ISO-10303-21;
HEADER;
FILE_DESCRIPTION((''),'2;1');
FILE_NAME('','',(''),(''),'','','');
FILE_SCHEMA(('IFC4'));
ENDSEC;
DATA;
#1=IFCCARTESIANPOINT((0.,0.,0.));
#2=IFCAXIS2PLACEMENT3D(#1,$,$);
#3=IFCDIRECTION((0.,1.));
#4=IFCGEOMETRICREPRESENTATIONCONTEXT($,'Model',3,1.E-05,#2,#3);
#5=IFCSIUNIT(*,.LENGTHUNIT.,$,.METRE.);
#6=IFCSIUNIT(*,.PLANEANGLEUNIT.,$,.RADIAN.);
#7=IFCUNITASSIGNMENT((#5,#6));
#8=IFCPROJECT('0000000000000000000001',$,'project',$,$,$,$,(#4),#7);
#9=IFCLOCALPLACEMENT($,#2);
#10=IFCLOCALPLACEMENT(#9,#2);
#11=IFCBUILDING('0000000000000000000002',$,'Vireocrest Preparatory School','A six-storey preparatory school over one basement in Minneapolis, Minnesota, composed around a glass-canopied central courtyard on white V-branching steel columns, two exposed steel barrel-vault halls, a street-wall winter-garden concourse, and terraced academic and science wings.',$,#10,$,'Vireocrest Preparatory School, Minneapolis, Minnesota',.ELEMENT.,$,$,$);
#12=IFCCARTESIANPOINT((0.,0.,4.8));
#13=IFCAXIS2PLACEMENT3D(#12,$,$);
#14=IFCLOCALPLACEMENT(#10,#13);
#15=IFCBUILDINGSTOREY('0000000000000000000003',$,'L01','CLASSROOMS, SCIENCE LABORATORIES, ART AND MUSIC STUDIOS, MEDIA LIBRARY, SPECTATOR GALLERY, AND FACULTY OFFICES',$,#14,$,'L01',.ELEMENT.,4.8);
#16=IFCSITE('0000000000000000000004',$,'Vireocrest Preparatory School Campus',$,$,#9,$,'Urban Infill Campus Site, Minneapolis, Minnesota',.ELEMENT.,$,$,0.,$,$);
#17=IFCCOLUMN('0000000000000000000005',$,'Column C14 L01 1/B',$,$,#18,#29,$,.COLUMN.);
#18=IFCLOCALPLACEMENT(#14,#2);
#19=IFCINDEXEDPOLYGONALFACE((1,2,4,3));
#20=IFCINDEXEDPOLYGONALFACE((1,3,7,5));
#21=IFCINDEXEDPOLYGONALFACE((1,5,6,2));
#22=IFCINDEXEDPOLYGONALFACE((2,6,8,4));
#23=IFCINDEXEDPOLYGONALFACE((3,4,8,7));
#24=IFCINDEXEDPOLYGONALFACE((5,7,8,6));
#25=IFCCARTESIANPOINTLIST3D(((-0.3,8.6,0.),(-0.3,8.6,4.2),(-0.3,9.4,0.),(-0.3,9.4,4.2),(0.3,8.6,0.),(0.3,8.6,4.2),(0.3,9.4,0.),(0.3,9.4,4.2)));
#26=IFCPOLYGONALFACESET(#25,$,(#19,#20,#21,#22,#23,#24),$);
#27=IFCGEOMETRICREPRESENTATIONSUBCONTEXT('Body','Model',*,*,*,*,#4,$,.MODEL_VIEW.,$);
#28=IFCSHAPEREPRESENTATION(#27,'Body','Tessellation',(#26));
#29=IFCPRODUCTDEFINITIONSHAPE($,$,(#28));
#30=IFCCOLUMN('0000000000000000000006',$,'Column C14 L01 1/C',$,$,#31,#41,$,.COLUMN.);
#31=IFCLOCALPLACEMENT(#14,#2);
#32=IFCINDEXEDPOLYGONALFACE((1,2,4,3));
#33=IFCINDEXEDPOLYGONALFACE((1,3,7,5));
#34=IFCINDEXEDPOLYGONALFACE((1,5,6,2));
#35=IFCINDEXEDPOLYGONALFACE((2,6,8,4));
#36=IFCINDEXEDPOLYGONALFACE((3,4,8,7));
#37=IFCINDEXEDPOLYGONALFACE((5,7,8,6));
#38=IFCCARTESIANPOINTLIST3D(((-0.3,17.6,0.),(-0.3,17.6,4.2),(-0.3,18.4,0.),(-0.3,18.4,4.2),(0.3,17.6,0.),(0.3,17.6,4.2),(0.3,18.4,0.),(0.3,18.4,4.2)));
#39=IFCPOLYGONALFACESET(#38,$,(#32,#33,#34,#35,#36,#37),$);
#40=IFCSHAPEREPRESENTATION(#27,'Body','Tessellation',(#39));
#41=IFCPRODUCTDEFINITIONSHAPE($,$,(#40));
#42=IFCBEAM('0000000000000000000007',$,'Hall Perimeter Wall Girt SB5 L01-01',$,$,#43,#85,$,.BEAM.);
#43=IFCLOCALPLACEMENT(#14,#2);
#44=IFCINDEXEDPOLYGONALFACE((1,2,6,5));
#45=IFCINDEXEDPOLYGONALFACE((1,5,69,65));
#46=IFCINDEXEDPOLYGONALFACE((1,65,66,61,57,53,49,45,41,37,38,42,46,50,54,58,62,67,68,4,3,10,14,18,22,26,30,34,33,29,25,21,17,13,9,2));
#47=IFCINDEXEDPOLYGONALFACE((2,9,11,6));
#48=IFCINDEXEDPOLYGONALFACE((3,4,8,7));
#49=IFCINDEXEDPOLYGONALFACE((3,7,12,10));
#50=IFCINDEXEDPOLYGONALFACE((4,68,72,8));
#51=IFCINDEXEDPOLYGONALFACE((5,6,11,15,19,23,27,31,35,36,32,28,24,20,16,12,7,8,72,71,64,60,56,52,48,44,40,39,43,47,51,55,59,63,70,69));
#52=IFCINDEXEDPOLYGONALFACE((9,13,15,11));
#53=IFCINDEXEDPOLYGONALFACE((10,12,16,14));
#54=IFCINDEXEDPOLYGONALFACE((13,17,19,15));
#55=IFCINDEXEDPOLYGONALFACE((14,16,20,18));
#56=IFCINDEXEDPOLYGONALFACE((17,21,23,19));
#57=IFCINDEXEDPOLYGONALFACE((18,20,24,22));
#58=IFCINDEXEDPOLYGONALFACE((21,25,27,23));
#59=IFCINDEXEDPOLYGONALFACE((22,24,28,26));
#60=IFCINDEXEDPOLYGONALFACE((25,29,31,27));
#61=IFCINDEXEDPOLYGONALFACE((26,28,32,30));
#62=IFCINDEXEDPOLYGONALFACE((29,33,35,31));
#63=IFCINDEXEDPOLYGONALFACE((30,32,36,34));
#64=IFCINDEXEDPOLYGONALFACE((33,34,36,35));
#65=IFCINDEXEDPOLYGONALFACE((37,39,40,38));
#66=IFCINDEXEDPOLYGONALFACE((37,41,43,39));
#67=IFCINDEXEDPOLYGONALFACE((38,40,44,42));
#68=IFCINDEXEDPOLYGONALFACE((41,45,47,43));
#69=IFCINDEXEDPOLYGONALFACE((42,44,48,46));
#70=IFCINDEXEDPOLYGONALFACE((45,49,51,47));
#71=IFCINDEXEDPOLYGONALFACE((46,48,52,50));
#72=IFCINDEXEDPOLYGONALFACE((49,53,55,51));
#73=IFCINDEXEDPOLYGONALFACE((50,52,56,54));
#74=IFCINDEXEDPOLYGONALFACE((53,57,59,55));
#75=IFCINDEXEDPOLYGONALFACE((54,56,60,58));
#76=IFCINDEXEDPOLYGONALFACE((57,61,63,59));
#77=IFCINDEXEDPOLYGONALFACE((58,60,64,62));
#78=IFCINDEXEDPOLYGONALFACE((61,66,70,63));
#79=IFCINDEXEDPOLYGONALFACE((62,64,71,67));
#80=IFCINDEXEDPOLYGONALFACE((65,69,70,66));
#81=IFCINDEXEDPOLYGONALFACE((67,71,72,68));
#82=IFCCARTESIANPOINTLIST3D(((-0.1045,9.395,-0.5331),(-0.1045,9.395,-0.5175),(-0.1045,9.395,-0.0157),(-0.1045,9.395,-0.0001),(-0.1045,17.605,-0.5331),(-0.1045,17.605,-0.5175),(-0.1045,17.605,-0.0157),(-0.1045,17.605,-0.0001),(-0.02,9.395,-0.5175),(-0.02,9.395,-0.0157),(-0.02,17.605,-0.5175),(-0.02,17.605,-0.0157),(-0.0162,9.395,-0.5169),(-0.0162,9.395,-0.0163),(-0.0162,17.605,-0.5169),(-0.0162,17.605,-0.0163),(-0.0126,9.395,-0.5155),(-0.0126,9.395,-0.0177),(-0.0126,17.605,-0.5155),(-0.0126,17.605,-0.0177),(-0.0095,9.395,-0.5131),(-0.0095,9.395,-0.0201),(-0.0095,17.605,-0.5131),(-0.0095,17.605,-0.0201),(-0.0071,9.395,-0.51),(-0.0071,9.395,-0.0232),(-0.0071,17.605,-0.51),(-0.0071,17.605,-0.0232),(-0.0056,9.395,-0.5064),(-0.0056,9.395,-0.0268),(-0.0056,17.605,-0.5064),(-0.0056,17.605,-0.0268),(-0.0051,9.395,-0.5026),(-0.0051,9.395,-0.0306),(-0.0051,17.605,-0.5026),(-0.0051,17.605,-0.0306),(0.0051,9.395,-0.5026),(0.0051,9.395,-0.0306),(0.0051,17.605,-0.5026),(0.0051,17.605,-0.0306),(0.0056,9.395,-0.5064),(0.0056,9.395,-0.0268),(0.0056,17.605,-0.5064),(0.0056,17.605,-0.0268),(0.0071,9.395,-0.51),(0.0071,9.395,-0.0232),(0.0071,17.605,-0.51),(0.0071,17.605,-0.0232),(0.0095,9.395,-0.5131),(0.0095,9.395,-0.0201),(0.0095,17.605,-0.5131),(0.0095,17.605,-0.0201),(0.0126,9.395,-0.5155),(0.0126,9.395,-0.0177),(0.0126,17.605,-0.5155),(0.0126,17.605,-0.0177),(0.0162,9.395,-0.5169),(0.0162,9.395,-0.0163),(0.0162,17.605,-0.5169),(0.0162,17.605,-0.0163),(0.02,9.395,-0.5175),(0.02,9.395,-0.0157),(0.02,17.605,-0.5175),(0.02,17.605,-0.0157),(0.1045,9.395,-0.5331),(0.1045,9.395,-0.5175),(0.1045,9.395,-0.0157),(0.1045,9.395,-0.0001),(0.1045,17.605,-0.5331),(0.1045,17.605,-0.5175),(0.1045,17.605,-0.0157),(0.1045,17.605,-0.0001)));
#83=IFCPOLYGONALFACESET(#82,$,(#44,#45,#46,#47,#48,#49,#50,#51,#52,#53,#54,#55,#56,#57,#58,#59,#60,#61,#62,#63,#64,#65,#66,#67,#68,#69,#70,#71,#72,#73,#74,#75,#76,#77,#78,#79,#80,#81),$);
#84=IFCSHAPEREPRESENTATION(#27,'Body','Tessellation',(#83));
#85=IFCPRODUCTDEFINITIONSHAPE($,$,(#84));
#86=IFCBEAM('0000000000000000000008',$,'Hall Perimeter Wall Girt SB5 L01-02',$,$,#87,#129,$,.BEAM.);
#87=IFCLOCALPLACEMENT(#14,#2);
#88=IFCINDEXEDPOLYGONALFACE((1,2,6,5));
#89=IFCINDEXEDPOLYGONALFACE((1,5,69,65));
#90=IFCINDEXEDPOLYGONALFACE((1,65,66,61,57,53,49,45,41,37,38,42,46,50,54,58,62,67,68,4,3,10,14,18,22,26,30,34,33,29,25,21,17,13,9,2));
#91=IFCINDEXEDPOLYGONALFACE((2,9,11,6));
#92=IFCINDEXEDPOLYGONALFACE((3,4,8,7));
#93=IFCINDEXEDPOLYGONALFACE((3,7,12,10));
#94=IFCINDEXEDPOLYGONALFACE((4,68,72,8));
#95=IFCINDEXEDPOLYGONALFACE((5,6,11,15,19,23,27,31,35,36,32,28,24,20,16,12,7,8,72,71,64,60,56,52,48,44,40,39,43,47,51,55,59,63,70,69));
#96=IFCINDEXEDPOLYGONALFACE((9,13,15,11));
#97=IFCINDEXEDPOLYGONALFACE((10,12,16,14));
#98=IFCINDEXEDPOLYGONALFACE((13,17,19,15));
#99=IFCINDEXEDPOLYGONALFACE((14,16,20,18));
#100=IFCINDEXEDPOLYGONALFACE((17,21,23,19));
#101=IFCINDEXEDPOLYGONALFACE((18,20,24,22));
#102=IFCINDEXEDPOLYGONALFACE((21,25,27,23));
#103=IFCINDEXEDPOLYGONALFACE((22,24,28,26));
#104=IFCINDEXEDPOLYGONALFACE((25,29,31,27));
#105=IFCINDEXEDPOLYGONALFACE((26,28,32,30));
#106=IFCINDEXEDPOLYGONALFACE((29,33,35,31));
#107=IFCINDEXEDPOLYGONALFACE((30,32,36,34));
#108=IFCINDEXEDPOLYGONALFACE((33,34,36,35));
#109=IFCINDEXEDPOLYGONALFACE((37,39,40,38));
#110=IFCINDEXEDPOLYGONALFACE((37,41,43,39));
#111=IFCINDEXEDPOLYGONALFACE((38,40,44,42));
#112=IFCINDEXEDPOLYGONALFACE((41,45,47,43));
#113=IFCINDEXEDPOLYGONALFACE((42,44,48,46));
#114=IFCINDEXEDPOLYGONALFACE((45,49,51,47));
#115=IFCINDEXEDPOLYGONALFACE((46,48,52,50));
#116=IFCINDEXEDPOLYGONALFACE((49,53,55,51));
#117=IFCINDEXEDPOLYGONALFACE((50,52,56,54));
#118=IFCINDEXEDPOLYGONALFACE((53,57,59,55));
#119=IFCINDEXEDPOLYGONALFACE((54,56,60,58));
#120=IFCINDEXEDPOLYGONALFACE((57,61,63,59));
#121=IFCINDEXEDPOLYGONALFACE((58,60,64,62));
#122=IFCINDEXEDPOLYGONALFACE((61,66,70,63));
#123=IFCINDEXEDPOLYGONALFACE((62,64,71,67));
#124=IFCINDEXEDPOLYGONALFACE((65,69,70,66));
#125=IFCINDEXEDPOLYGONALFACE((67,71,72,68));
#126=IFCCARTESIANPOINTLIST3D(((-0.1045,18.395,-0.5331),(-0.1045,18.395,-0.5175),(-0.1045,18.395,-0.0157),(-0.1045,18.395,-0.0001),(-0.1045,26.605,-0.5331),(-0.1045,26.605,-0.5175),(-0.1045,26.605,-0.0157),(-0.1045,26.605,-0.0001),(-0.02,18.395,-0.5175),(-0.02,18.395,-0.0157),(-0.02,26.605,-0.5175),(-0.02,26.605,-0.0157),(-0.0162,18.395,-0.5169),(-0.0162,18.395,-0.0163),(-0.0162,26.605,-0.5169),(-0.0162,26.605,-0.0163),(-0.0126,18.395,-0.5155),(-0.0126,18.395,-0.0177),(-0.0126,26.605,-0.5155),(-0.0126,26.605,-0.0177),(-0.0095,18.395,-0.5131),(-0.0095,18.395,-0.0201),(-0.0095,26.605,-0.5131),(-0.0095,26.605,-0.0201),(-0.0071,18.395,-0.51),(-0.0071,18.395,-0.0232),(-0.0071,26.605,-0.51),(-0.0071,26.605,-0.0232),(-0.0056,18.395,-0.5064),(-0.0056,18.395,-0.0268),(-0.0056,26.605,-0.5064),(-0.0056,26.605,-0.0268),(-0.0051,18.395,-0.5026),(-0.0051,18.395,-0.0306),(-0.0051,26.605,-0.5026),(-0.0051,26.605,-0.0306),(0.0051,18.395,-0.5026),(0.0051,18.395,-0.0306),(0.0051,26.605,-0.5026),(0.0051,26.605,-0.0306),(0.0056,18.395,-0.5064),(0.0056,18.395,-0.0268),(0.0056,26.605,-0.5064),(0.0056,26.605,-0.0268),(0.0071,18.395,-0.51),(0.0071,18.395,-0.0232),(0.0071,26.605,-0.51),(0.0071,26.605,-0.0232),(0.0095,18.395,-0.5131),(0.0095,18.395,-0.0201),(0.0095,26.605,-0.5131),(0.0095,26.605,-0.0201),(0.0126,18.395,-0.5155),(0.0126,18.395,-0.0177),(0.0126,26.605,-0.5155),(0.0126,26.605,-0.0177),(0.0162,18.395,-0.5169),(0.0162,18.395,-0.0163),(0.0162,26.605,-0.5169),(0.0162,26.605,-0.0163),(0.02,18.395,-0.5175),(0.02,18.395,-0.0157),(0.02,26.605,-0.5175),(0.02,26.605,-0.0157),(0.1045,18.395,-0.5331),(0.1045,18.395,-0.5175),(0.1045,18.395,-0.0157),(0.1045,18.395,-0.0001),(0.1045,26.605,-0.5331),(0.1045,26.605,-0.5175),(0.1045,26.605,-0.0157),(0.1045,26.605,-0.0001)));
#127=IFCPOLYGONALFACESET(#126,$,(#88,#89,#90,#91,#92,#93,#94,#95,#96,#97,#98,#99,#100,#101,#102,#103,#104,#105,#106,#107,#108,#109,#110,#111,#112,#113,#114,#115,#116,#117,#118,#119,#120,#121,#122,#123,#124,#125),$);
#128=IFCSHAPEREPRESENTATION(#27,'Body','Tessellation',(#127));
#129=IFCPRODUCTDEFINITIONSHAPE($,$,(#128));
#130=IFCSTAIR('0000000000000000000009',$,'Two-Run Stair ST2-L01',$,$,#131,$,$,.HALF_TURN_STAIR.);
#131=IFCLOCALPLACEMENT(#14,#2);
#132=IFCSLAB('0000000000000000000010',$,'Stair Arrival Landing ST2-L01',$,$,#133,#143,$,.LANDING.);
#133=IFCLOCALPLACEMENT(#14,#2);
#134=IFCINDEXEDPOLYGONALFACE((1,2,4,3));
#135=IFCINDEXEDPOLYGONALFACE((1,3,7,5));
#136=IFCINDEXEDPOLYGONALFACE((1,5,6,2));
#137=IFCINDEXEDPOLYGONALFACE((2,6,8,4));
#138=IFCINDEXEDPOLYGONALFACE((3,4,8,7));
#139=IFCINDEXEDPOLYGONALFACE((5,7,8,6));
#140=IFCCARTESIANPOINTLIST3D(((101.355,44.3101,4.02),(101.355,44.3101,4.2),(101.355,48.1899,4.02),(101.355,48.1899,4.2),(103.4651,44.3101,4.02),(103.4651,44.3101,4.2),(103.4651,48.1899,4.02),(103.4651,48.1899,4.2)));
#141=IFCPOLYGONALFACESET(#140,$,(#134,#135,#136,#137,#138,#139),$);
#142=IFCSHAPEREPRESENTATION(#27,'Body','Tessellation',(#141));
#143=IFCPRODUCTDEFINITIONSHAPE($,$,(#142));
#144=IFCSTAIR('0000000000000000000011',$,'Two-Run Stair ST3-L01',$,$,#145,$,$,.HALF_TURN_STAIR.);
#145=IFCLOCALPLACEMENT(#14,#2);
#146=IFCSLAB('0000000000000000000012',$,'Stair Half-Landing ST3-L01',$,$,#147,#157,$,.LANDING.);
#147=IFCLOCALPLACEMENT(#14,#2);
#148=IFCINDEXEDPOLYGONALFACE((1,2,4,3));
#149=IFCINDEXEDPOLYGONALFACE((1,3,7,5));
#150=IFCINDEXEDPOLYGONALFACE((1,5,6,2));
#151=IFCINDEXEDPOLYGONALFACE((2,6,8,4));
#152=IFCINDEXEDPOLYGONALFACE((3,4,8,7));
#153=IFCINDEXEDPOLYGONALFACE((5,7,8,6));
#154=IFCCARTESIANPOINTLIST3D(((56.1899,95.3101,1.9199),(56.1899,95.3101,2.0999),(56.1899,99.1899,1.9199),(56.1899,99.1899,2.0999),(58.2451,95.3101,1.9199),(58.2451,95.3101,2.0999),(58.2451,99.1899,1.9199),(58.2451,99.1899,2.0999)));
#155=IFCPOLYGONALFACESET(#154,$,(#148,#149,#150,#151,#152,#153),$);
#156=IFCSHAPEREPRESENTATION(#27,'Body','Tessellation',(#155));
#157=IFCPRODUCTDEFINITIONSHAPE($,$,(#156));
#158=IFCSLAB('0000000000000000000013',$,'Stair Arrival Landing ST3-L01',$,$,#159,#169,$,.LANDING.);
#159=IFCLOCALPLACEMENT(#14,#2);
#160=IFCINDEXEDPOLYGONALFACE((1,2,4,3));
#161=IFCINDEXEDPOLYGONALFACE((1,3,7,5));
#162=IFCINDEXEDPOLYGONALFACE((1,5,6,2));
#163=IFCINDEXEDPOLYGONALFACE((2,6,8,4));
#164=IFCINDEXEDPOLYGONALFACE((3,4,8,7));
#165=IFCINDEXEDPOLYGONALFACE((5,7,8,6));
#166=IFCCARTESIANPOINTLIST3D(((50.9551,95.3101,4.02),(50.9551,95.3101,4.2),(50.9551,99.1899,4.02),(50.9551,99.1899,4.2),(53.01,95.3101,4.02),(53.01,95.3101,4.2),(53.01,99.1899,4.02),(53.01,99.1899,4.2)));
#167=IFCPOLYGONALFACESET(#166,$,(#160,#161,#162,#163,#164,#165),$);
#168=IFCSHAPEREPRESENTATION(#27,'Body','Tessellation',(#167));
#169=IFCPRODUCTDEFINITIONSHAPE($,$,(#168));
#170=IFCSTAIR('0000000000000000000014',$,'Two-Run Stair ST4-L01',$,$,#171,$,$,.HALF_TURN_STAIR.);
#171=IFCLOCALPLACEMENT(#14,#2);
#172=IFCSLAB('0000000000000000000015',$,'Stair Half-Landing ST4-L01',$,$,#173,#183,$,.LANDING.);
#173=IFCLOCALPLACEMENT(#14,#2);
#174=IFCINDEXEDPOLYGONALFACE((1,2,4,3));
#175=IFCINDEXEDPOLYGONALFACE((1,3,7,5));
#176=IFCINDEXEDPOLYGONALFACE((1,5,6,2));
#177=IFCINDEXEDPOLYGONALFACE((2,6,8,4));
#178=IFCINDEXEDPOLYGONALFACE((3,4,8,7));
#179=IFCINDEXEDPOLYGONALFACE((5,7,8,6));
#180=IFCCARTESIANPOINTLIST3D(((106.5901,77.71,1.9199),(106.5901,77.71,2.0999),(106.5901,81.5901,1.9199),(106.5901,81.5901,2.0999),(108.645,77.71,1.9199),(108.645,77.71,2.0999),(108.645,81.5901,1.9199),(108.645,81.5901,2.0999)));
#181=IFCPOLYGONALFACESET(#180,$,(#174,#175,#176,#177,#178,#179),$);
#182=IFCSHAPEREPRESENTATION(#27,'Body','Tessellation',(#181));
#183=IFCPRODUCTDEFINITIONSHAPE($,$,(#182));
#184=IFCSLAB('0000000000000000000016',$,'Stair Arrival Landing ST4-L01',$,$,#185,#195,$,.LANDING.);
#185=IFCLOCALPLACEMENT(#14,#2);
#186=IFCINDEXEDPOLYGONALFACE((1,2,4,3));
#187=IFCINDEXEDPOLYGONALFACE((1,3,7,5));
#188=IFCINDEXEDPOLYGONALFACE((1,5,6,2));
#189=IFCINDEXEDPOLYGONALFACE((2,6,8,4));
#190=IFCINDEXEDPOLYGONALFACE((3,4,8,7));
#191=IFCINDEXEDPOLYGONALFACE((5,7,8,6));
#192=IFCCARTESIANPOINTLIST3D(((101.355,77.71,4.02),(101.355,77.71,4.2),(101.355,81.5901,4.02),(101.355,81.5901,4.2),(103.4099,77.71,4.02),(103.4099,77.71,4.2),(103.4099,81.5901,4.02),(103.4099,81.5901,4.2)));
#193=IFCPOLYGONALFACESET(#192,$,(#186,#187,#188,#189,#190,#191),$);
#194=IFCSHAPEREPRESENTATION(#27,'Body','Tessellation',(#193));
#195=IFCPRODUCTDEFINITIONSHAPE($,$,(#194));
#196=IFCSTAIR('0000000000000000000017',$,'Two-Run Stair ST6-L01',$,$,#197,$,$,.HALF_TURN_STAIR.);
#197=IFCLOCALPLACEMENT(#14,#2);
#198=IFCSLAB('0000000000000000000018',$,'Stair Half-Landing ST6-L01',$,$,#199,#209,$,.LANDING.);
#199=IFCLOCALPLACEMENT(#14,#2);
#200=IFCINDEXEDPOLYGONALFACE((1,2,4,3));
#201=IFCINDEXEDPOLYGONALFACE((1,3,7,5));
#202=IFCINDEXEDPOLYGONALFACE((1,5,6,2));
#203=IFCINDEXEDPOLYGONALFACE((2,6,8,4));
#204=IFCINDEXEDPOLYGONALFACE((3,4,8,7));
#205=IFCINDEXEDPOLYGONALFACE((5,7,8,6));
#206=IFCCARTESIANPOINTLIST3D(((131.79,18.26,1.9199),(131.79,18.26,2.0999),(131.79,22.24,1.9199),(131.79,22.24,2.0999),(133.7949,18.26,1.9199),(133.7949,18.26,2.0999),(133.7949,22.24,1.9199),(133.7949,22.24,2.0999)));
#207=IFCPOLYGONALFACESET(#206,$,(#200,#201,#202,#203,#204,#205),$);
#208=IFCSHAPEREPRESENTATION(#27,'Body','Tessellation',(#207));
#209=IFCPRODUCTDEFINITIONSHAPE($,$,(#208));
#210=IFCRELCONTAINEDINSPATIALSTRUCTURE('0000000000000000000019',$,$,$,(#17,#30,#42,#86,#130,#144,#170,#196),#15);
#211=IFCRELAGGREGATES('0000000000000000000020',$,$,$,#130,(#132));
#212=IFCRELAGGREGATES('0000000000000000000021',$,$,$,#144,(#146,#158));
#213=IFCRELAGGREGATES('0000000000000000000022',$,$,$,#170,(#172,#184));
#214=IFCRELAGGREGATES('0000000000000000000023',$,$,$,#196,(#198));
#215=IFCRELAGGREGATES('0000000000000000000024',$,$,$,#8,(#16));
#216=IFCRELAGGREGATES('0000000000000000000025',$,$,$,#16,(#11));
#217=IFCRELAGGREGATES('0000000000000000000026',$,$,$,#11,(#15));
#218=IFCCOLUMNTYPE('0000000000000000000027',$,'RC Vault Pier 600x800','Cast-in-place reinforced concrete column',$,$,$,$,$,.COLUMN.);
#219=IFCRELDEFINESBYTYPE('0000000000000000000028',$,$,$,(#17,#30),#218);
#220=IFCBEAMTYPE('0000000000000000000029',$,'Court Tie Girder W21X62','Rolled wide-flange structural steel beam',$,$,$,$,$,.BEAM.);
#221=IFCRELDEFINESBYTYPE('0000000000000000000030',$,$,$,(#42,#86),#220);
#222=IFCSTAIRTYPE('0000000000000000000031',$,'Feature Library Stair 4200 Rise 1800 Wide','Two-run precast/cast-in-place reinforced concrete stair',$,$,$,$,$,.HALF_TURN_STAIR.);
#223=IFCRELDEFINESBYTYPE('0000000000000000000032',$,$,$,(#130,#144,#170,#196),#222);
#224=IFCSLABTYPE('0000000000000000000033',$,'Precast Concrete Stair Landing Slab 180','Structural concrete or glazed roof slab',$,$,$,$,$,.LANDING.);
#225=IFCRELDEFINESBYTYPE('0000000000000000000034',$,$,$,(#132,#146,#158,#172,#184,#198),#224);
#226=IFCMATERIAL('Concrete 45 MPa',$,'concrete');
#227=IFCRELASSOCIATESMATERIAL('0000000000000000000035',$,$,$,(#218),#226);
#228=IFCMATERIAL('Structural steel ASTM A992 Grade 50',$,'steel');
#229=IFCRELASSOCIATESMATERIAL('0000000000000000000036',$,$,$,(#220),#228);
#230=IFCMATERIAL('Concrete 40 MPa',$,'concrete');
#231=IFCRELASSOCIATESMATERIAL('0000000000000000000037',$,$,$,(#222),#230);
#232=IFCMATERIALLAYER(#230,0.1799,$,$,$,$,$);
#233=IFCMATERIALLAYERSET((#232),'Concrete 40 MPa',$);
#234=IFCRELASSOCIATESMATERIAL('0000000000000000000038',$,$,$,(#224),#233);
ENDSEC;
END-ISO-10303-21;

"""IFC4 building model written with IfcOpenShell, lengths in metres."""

from ifc_helpers import new_model, si_unit, direction, frame, origin, origin_2d, place, context, subcontext, project, spatial, polyline, rectangle, i_section, outline, extrude, material, layer, layer_set, material_profile, profile_set, type_object, element, aggregate, save


model = new_model("IFC4")

# Units and contexts
model_context = context("Model", 3, precision=1e-05, world=origin(), true_north=direction((0.0, 1.0)))
body_context = subcontext(model_context, "Body", "Model", "MODEL_VIEW")
ifc_project = project(units=[si_unit("LENGTHUNIT", "METRE"), si_unit("PLANEANGLEUNIT", "RADIAN")], contexts=[model_context])

# Site, building, storey
site_placement = place(None, origin())
site = spatial("IfcSite", under=ifc_project, at=site_placement, Name="Vireocrest Preparatory School Campus", LongName="Urban Infill Campus Site, Minneapolis, Minnesota", CompositionType="ELEMENT", RefElevation=0.0)
building_placement = place(site_placement, origin())
building = spatial("IfcBuilding", under=site, at=building_placement, Name="Vireocrest Preparatory School", Description="A six-storey preparatory school over one basement in Minneapolis, Minnesota, composed around a glass-canopied central courtyard on white V-branching steel columns, two exposed steel barrel-vault halls, a street-wall winter-garden concourse, and terraced academic and science wings.", LongName="Vireocrest Preparatory School, Minneapolis, Minnesota", CompositionType="ELEMENT")
storey_placement = place(building_placement, frame((0.0, 0.0, 4.8)))
storey = spatial("IfcBuildingStorey", under=building, at=storey_placement, Name="L01", Description="CLASSROOMS, SCIENCE LABORATORIES, ART AND MUSIC STUDIOS, MEDIA LIBRARY, SPECTATOR GALLERY, AND FACULTY OFFICES", LongName="L01", CompositionType="ELEMENT", Elevation=4.8)

# Columns
ifc_material_1 = material(Name="Concrete 45 MPa", Category="concrete")
ifc_material_profile_1 = material_profile(ifc_material_1, rectangle(XDim=0.6001, YDim=0.8, at=origin_2d()), Name="RC 600x800")
ifc_profile_set_1 = profile_set([ifc_material_profile_1], Name="Concrete 45 MPa")
column_type = type_object("IfcColumnType", Name="RC Vault Pier 600x800", Description="Cast-in-place reinforced concrete column", PredefinedType="COLUMN", material=ifc_profile_set_1)
for number, where, z_axis, x_axis, name in (
    (1, (0.0, 9.0, 0.0), (0.0, 0.0, 1.0), (1.0, 0.0, 0.0), "Column C14 L01 1/B"),
    (2, (0.0, 18.0, 0.0), (0.0, 0.0, 1.0), (1.0, 0.0, 0.0), "Column C14 L01 1/C"),
):
    element("IfcColumn", number, at=place(storey_placement, frame(where, z_axis=z_axis, x_axis=x_axis)), inside=storey, type_object=column_type, Name=name, PredefinedType="COLUMN", context=body_context, shape_type="SweptSolid", body=[
        extrude(rectangle(XDim=0.6001, YDim=0.8, at=origin_2d()), origin(), (0.0, 0.0, 1.0), 4.2),
    ])

# Beams
ifc_material_2 = material(Name="Structural steel ASTM A992 Grade 50", Category="steel")
ifc_material_profile_2 = material_profile(ifc_material_2, i_section(OverallWidth=0.209, OverallDepth=0.533, WebThickness=0.0103, FlangeThickness=0.0156, FilletRadius=0.0149, at=origin_2d()), Name="W21X62")
ifc_profile_set_2 = profile_set([ifc_material_profile_2], Name="Structural steel ASTM A992 Grade 50")
beam_type = type_object("IfcBeamType", Name="Court Tie Girder W21X62", Description="Rolled wide-flange structural steel beam", PredefinedType="BEAM", material=ifc_profile_set_2)
for number, where, z_axis, x_axis, name in (
    (3, (0.0, 9.395, -0.2666), (0.0, 1.0, 0.0), (-1.0, 0.0, 0.0), "Hall Perimeter Wall Girt SB5 L01-01"),
    (4, (0.0, 18.395, -0.2666), (0.0, 1.0, 0.0), (-1.0, 0.0, 0.0), "Hall Perimeter Wall Girt SB5 L01-02"),
):
    element("IfcBeam", number, at=place(storey_placement, frame(where, z_axis=z_axis, x_axis=x_axis)), inside=storey, type_object=beam_type, Name=name, PredefinedType="BEAM", context=body_context, shape_type="SweptSolid", body=[
        extrude(i_section(OverallWidth=0.209, OverallDepth=0.533, WebThickness=0.0103, FlangeThickness=0.0156, FilletRadius=0.0149, at=origin_2d()), origin(), (0.0, 0.0, 1.0), 8.21),
    ])

# Stair, slab
ifc_material_3 = material(Name="Concrete 40 MPa", Category="concrete")
stair_type = type_object("IfcStairType", Name="Feature Library Stair 4200 Rise 1800 Wide", Description="Two-run precast/cast-in-place reinforced concrete stair", PredefinedType="HALF_TURN_STAIR", material=ifc_material_3)
stair_1_placement = place(storey_placement, origin())
stair_1 = element("IfcStair", 5, at=stair_1_placement, inside=storey, type_object=stair_type, Name="Two-Run Stair ST2-L01", PredefinedType="HALF_TURN_STAIR")
ifc_layer_1 = layer(ifc_material_3, 0.1799)
ifc_layer_set_1 = layer_set([ifc_layer_1], Name="Concrete 40 MPa")
slab_type = type_object("IfcSlabType", Name="Precast Concrete Stair Landing Slab 180", Description="Structural concrete or glazed roof slab", PredefinedType="LANDING", material=ifc_layer_set_1)
slab_1_placement = place(storey_placement, frame((0.0, 0.0, 4.02)))
slab_1 = element("IfcSlab", 6, at=slab_1_placement, type_object=slab_type, Name="Stair Arrival Landing ST2-L01", PredefinedType="LANDING", context=body_context, shape_type="SweptSolid", body=[
    extrude(outline(polyline([(101.355, 44.3101), (103.4651, 44.3101), (103.4651, 48.1899), (101.355, 48.1899), (101.355, 44.3101)])), origin(), (0.0, 0.0, 1.0), 0.1799),
])
aggregate(stair_1, [slab_1])

# Stairs, slabs
stair_2_placement = place(storey_placement, origin())
stair_2 = element("IfcStair", 7, at=stair_2_placement, inside=storey, type_object=stair_type, Name="Two-Run Stair ST3-L01", PredefinedType="HALF_TURN_STAIR")
slab_2_placement = place(storey_placement, frame((0.0, 0.0, 1.9199)))
slab_2 = element("IfcSlab", 8, at=slab_2_placement, type_object=slab_type, Name="Stair Half-Landing ST3-L01", PredefinedType="LANDING", context=body_context, shape_type="SweptSolid", body=[
    extrude(outline(polyline([(56.1899, 95.3101), (58.2451, 95.3101), (58.2451, 99.1899), (56.1899, 99.1899), (56.1899, 95.3101)])), origin(), (0.0, 0.0, 1.0), 0.1799),
])
slab_3_placement = place(storey_placement, frame((0.0, 0.0, 4.02)))
slab_3 = element("IfcSlab", 9, at=slab_3_placement, type_object=slab_type, Name="Stair Arrival Landing ST3-L01", PredefinedType="LANDING", context=body_context, shape_type="SweptSolid", body=[
    extrude(outline(polyline([(50.9551, 95.3101), (53.01, 95.3101), (53.01, 99.1899), (50.9551, 99.1899), (50.9551, 95.3101)])), origin(), (0.0, 0.0, 1.0), 0.1799),
])
aggregate(stair_2, [slab_2, slab_3])
stair_3_placement = place(storey_placement, origin())
stair_3 = element("IfcStair", 10, at=stair_3_placement, inside=storey, type_object=stair_type, Name="Two-Run Stair ST4-L01", PredefinedType="HALF_TURN_STAIR")
slab_4_placement = place(storey_placement, frame((0.0, 0.0, 1.9199)))
slab_4 = element("IfcSlab", 11, at=slab_4_placement, type_object=slab_type, Name="Stair Half-Landing ST4-L01", PredefinedType="LANDING", context=body_context, shape_type="SweptSolid", body=[
    extrude(outline(polyline([(106.5901, 77.71), (108.645, 77.71), (108.645, 81.5901), (106.5901, 81.5901), (106.5901, 77.71)])), origin(), (0.0, 0.0, 1.0), 0.1799),
])
slab_5_placement = place(storey_placement, frame((0.0, 0.0, 4.02)))
slab_5 = element("IfcSlab", 12, at=slab_5_placement, type_object=slab_type, Name="Stair Arrival Landing ST4-L01", PredefinedType="LANDING", context=body_context, shape_type="SweptSolid", body=[
    extrude(outline(polyline([(101.355, 77.71), (103.4099, 77.71), (103.4099, 81.5901), (101.355, 81.5901), (101.355, 77.71)])), origin(), (0.0, 0.0, 1.0), 0.1799),
])
aggregate(stair_3, [slab_4, slab_5])
stair_4_placement = place(storey_placement, origin())
stair_4 = element("IfcStair", 13, at=stair_4_placement, inside=storey, type_object=stair_type, Name="Two-Run Stair ST6-L01", PredefinedType="HALF_TURN_STAIR")
slab_6_placement = place(storey_placement, frame((0.0, 0.0, 1.9199)))
slab_6 = element("IfcSlab", 14, at=slab_6_placement, type_object=slab_type, Name="Stair Half-Landing ST6-L01", PredefinedType="LANDING", context=body_context, shape_type="SweptSolid", body=[
    extrude(outline(polyline([(131.79, 18.26), (133.7949, 18.26), (133.7949, 22.24), (131.79, 22.24), (131.79, 18.26)])), origin(), (0.0, 0.0, 1.0), 0.1799),
])
aggregate(stair_4, [slab_6])

save(model, "model.ifc")
